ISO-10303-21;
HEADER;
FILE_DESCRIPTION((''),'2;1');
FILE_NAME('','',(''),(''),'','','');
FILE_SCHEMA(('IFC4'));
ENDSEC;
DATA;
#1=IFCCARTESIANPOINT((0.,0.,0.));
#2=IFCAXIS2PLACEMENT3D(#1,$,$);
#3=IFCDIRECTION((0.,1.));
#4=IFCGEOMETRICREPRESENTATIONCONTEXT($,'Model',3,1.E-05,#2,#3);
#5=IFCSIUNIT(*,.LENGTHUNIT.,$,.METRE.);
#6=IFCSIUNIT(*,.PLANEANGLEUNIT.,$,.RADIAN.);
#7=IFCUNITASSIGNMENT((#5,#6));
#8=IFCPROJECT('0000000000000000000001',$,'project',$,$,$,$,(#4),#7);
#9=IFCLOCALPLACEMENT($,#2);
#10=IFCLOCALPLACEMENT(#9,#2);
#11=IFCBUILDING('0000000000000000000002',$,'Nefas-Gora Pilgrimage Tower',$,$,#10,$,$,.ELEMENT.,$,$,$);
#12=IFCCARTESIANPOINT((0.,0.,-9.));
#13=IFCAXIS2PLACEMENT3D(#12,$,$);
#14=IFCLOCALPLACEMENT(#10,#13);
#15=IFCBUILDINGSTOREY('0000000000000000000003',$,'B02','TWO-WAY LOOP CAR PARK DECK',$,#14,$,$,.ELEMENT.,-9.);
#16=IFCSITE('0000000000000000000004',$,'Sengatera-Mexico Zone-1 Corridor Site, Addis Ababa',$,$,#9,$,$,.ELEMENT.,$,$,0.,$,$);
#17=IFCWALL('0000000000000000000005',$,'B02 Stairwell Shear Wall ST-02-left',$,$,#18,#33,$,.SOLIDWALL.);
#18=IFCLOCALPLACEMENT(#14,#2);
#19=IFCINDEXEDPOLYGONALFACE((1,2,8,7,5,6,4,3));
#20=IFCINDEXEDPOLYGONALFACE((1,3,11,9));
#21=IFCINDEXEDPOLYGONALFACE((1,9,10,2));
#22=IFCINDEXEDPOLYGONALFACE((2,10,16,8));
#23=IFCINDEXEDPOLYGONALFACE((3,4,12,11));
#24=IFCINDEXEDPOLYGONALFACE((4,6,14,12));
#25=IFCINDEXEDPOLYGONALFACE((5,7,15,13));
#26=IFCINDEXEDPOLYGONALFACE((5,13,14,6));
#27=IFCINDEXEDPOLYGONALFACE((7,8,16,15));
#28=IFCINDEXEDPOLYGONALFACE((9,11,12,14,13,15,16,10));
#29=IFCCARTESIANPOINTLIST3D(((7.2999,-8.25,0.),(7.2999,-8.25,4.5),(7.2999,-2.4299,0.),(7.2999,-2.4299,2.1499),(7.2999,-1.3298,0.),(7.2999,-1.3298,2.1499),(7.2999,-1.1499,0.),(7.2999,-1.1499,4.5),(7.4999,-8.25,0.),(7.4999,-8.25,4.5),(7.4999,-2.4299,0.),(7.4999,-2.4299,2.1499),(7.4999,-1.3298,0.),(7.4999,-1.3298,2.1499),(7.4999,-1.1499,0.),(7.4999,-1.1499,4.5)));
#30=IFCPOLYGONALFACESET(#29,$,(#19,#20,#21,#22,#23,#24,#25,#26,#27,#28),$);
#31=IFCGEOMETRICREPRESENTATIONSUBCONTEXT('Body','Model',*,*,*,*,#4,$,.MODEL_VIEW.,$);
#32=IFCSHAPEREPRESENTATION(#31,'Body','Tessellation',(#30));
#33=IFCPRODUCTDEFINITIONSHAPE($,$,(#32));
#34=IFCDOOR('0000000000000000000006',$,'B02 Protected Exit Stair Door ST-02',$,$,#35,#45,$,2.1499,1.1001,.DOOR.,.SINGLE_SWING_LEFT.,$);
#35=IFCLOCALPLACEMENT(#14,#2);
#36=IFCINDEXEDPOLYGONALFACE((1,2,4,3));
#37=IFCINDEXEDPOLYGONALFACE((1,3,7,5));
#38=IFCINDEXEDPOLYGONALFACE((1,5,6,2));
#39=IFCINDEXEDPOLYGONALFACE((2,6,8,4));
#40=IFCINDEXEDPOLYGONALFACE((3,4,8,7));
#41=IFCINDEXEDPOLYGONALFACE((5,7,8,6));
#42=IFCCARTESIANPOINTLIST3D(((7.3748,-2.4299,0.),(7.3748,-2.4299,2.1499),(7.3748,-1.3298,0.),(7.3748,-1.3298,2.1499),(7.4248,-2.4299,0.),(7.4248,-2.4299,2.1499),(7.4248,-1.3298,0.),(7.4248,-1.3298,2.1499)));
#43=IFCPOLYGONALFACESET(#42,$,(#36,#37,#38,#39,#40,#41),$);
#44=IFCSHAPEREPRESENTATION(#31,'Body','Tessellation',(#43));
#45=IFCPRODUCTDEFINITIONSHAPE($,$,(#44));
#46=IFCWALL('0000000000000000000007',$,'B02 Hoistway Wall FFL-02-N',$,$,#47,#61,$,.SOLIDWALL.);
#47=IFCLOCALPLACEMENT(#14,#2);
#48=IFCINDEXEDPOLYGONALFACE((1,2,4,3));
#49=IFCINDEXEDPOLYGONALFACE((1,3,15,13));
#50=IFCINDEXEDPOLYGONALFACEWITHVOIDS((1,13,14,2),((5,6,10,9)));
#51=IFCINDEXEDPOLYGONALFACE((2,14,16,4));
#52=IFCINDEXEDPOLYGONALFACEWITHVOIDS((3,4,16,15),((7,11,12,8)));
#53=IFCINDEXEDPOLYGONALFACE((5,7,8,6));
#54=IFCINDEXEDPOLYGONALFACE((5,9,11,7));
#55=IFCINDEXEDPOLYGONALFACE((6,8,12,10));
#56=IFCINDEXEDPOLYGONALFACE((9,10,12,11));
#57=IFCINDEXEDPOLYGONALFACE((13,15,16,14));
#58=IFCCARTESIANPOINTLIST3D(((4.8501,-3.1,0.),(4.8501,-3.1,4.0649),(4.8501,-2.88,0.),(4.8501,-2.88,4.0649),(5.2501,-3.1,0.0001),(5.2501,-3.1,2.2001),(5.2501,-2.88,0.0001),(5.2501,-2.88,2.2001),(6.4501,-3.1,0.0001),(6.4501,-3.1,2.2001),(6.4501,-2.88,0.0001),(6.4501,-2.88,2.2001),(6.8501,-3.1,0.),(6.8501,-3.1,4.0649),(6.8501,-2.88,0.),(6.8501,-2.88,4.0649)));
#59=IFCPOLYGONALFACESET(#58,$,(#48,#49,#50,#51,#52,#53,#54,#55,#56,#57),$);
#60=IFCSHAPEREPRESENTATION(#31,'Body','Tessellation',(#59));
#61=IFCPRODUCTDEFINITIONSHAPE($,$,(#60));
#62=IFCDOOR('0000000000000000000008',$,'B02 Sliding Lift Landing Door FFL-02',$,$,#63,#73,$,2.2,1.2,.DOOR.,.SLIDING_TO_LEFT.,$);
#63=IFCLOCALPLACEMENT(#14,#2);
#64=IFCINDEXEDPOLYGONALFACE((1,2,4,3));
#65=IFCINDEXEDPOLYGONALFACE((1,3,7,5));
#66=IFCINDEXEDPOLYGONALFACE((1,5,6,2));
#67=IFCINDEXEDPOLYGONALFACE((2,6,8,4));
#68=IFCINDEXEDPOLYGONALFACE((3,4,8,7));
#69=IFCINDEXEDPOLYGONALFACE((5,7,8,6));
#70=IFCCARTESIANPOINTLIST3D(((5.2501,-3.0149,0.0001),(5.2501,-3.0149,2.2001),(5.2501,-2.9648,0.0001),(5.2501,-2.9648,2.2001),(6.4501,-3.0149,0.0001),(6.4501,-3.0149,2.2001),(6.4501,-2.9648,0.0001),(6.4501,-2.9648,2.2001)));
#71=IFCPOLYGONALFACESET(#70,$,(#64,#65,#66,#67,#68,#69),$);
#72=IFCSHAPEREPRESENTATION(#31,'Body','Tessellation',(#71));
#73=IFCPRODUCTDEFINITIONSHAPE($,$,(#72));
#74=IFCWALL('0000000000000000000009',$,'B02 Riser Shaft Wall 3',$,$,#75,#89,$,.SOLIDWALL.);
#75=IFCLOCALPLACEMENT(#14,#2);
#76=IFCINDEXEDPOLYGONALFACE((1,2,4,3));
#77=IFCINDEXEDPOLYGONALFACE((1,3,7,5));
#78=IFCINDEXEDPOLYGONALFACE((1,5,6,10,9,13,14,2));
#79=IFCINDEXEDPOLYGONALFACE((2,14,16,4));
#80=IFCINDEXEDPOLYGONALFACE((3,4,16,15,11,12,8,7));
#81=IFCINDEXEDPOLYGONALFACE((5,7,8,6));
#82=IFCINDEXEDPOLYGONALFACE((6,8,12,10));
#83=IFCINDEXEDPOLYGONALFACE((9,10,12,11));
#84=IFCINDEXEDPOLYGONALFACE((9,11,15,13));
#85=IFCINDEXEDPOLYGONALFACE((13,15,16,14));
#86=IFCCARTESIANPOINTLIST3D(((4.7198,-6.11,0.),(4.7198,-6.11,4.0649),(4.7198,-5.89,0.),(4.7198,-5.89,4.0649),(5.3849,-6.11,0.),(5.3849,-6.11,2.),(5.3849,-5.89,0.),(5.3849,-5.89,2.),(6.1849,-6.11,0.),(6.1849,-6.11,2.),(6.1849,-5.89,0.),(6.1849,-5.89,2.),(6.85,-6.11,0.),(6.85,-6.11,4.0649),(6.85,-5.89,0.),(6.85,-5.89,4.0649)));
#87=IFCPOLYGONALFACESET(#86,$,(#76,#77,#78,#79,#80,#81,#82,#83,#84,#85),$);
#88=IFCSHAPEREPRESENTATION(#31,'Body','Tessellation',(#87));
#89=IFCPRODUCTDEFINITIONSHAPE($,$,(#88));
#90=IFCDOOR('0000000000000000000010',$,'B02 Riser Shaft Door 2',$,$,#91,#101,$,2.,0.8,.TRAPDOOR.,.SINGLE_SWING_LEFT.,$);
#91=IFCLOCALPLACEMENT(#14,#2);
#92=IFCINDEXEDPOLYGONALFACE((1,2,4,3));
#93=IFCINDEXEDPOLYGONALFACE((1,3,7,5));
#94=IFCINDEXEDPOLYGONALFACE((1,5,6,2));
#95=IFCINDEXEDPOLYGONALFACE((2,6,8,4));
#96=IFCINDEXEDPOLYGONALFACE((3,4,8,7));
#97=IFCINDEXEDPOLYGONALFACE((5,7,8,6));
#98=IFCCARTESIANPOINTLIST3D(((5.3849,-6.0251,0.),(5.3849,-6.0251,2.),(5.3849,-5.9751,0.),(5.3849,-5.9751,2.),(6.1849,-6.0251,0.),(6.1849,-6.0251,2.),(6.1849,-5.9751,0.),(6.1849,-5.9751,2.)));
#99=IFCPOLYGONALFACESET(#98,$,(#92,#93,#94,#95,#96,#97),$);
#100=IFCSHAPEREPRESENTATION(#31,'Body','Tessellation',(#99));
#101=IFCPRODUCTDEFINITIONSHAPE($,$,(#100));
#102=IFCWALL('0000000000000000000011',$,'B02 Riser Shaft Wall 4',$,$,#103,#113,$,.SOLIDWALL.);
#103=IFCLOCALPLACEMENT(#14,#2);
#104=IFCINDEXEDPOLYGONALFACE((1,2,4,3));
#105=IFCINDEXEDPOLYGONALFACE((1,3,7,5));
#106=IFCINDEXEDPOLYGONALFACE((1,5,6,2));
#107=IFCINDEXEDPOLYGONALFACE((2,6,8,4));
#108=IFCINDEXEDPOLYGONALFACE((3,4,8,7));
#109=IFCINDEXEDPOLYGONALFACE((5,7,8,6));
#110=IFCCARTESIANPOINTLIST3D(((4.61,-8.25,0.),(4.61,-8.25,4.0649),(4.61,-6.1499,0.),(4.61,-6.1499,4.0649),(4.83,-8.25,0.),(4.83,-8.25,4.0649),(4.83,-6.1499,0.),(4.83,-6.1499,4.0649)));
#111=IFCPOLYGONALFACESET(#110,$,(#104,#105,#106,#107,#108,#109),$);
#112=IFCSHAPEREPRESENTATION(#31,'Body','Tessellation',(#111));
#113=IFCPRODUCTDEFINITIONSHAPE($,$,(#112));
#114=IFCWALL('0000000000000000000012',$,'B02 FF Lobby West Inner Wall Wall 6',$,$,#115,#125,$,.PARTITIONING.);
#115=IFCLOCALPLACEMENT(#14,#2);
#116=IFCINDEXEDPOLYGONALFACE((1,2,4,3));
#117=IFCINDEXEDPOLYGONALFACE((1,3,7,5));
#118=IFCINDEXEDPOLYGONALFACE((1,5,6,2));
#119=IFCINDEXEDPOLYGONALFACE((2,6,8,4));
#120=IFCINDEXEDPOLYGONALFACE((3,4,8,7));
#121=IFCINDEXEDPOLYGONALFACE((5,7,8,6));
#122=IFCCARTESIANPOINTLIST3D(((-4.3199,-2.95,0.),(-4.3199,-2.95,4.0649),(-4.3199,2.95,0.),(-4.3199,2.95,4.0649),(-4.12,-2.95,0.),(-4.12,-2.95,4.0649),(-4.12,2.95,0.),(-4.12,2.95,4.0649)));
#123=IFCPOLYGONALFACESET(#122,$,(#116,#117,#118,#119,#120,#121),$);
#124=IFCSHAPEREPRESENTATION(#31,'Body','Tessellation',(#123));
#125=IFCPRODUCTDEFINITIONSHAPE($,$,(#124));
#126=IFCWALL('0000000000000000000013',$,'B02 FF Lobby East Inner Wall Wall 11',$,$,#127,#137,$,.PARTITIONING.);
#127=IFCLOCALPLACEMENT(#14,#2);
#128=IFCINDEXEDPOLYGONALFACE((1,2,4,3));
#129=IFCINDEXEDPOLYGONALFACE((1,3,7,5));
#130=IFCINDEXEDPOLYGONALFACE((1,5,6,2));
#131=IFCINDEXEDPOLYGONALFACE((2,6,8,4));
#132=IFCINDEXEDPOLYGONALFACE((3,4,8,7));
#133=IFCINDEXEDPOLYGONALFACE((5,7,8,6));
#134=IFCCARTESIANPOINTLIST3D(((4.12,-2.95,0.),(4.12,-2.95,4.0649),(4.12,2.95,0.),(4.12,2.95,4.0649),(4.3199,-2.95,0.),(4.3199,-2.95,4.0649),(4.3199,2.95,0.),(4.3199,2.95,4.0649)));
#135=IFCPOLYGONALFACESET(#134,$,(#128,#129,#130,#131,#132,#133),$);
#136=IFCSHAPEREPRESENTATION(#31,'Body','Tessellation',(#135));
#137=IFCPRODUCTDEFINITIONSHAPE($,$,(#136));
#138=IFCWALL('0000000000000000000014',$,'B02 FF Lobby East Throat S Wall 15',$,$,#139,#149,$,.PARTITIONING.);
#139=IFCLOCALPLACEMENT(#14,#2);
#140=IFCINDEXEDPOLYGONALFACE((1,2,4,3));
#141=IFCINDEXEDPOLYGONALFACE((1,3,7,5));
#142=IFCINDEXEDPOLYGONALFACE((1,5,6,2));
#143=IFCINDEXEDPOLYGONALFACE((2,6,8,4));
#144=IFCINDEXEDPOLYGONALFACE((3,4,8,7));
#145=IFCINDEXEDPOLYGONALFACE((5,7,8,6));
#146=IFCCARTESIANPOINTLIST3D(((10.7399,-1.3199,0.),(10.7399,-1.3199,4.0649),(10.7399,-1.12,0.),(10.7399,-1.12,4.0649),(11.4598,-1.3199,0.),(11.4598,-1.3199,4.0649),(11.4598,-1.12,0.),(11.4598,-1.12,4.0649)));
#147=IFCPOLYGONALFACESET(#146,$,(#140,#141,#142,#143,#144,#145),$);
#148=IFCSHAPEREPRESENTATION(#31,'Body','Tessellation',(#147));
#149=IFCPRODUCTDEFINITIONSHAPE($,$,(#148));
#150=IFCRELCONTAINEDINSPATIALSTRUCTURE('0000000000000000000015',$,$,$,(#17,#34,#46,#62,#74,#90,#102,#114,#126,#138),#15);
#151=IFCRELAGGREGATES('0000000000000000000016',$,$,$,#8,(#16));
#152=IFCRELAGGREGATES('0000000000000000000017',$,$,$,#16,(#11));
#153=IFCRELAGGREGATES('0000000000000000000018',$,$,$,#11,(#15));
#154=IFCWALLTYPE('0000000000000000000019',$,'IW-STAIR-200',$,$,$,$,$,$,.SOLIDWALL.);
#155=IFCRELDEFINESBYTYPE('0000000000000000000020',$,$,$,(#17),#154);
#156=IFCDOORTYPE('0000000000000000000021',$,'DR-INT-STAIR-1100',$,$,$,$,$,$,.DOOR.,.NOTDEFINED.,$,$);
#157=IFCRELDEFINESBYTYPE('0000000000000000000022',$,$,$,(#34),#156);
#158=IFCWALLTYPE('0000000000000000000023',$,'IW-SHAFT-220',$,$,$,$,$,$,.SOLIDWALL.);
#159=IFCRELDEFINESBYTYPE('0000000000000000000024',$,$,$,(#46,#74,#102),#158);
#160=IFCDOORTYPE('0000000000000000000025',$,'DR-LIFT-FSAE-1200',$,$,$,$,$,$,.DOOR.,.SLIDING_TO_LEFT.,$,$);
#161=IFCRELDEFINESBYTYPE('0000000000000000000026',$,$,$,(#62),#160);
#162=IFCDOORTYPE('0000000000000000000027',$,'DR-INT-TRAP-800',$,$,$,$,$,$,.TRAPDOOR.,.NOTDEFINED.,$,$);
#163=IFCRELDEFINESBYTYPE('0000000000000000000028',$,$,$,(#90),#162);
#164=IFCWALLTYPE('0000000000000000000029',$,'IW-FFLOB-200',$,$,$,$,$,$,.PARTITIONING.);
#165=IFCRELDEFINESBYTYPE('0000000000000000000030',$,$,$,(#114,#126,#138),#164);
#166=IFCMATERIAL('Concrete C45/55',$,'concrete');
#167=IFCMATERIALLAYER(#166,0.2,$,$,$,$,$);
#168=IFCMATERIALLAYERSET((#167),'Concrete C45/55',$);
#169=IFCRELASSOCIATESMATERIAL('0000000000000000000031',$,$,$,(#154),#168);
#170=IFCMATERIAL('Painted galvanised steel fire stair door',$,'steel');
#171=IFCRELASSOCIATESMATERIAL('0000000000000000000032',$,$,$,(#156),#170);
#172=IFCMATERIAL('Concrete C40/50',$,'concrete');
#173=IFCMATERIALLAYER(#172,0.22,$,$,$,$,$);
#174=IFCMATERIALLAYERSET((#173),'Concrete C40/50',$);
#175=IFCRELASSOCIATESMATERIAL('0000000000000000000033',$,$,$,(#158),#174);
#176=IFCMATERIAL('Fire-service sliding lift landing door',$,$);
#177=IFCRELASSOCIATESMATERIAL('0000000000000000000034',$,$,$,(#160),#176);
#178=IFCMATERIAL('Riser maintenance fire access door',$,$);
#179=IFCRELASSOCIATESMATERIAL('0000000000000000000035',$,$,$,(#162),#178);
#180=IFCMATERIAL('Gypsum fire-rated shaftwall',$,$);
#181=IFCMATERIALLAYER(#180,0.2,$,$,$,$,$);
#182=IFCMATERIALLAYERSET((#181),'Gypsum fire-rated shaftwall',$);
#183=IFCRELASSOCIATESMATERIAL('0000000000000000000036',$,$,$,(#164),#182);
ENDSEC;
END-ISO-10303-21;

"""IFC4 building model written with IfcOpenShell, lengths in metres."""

from ifc_helpers import new_model, si_unit, direction, frame, frame_2d, origin, place, context, subcontext, project, spatial, rectangle, extrude, source, transform, mapped, material, layer, layer_set, type_object, element, fill, save


model = new_model("IFC4")

# Units and contexts
model_context = context("Model", 3, precision=1e-05, world=origin(), true_north=direction((0.0, 1.0)))
body_context = subcontext(model_context, "Body", "Model", "MODEL_VIEW")
ifc_project = project(units=[si_unit("LENGTHUNIT", "METRE"), si_unit("PLANEANGLEUNIT", "RADIAN")], contexts=[model_context])

# Site, building, storey
site_placement = place(None, origin())
site = spatial("IfcSite", under=ifc_project, at=site_placement, Name="Sengatera-Mexico Zone-1 Corridor Site, Addis Ababa", CompositionType="ELEMENT", RefElevation=0.0)
building_placement = place(site_placement, origin())
building = spatial("IfcBuilding", under=site, at=building_placement, Name="Nefas-Gora Pilgrimage Tower", CompositionType="ELEMENT")
storey_placement = place(building_placement, frame((0.0, 0.0, -9.0)))
storey = spatial("IfcBuildingStorey", under=building, at=storey_placement, Name="B02", Description="TWO-WAY LOOP CAR PARK DECK", CompositionType="ELEMENT", Elevation=-9.0)

# Shared definitions
ifc_material_1 = material(Name="Concrete C45/55", Category="concrete")

# Shared definitions
ifc_layer_1 = layer(ifc_material_1, 0.2)
ifc_layer_set_1 = layer_set([ifc_layer_1], Name="Concrete C45/55")
wall_type_1 = type_object("IfcWallType", Name="IW-STAIR-200", PredefinedType="SOLIDWALL", material=ifc_layer_set_1)

# Walls, openings, doors
shared_shape_1 = source(origin(), body_context, "Body", "SweptSolid", [
    extrude(rectangle(XDim=7.1001, YDim=0.2, at=frame_2d((3.55, 0.0))), origin(), (0.0, 0.0, 1.0), 4.5),
])
wall_1_placement = place(storey_placement, frame((7.3999, -1.1499, 0.0), z_axis=(0.0, 0.0, 1.0), x_axis=(0.0, -1.0, 0.0)))
wall_1 = element("IfcWall", 1, at=wall_1_placement, inside=storey, type_object=wall_type_1, Name="B02 Stairwell Shear Wall ST-02-left", PredefinedType="SOLIDWALL", context=body_context, shape_type="MappedRepresentation", body=[
    mapped(shared_shape_1, transform((0.0, 0.0, 0.0), x_axis=(1.0, 0.0, 0.0), y_axis=(0.0, 1.0, 0.0), z_axis=(0.0, 0.0, 1.0), scale=1.0)),
])
opening_1_placement = place(wall_1_placement, frame((0.1799, 0.0, 0.0)))
opening_1 = element("IfcOpeningElement", 2, at=opening_1_placement, cuts=wall_1, PredefinedType="OPENING", context=body_context, shape_type="SweptSolid", body=[
    extrude(rectangle(XDim=1.1001, YDim=2.1499, at=frame_2d((0.55, 1.075))), frame((0.0, 0.1099, 0.0), z_axis=(0.0, -1.0, 0.0), x_axis=(1.0, 0.0, 0.0)), (0.0, 0.0, 1.0), 0.22),
])
ifc_material_2 = material(Name="Painted galvanised steel fire stair door", Category="steel")
door_type_1 = type_object("IfcDoorType", Name="DR-INT-STAIR-1100", OperationType="NOTDEFINED", PredefinedType="DOOR", material=ifc_material_2)
shared_shape_2 = source(origin(), body_context, "Body", "SweptSolid", [
    extrude(rectangle(XDim=1.1001, YDim=2.1499, at=frame_2d((0.55, 1.075))), frame((0.0, 0.0249, 0.0), z_axis=(0.0, -1.0, 0.0), x_axis=(1.0, 0.0, 0.0)), (0.0, 0.0, 1.0), 0.05),
])
door_1_placement = place(opening_1_placement, origin())
door_1 = element("IfcDoor", 3, at=door_1_placement, inside=storey, type_object=door_type_1, Name="B02 Protected Exit Stair Door ST-02", OperationType="SINGLE_SWING_LEFT", OverallHeight=2.1499, OverallWidth=1.1001, PredefinedType="DOOR", context=body_context, shape_type="MappedRepresentation", body=[
    mapped(shared_shape_2, transform((0.0, 0.0, 0.0), x_axis=(1.0, 0.0, 0.0), y_axis=(0.0, 1.0, 0.0), z_axis=(0.0, 0.0, 1.0), scale=1.0)),
])
fill(opening_1, door_1)
ifc_material_3 = material(Name="Concrete C40/50", Category="concrete")
ifc_layer_2 = layer(ifc_material_3, 0.22)
ifc_layer_set_2 = layer_set([ifc_layer_2], Name="Concrete C40/50")
wall_type_2 = type_object("IfcWallType", Name="IW-SHAFT-220", PredefinedType="SOLIDWALL", material=ifc_layer_set_2)
shared_shape_3 = source(origin(), body_context, "Body", "SweptSolid", [
    extrude(rectangle(XDim=2.0, YDim=0.22, at=frame_2d((1.0, 0.0))), origin(), (0.0, 0.0, 1.0), 4.0649),
])
wall_2_placement = place(storey_placement, frame((6.8501, -2.99, 0.0), z_axis=(0.0, 0.0, 1.0), x_axis=(-1.0, 0.0, 0.0)))
wall_2 = element("IfcWall", 4, at=wall_2_placement, inside=storey, type_object=wall_type_2, Name="B02 Hoistway Wall FFL-02-N", PredefinedType="SOLIDWALL", context=body_context, shape_type="MappedRepresentation", body=[
    mapped(shared_shape_3, transform((0.0, 0.0, 0.0), x_axis=(1.0, 0.0, 0.0), y_axis=(0.0, 1.0, 0.0), z_axis=(0.0, 0.0, 1.0), scale=1.0)),
])
opening_2_placement = place(wall_2_placement, frame((0.3999, 0.0, 0.0)))
opening_2 = element("IfcOpeningElement", 5, at=opening_2_placement, cuts=wall_2, PredefinedType="OPENING", context=body_context, shape_type="SweptSolid", body=[
    extrude(rectangle(XDim=1.2, YDim=2.2, at=frame_2d((0.6001, 1.1001))), frame((0.0, 0.1199, 0.0), z_axis=(0.0, -1.0, 0.0), x_axis=(1.0, 0.0, 0.0)), (0.0, 0.0, 1.0), 0.24),
])
ifc_material_4 = material(Name="Fire-service sliding lift landing door")
door_type_2 = type_object("IfcDoorType", Name="DR-LIFT-FSAE-1200", OperationType="SLIDING_TO_LEFT", PredefinedType="DOOR", material=ifc_material_4)
shared_shape_4 = source(origin(), body_context, "Body", "SweptSolid", [
    extrude(rectangle(XDim=1.2, YDim=2.2, at=frame_2d((0.6001, 1.1001))), frame((0.0, 0.0249, 0.0), z_axis=(0.0, -1.0, 0.0), x_axis=(1.0, 0.0, 0.0)), (0.0, 0.0, 1.0), 0.05),
])
door_2_placement = place(opening_2_placement, origin())
door_2 = element("IfcDoor", 6, at=door_2_placement, inside=storey, type_object=door_type_2, Name="B02 Sliding Lift Landing Door FFL-02", OperationType="SLIDING_TO_LEFT", OverallHeight=2.2, OverallWidth=1.2, PredefinedType="DOOR", context=body_context, shape_type="MappedRepresentation", body=[
    mapped(shared_shape_4, transform((0.0, 0.0, 0.0), x_axis=(1.0, 0.0, 0.0), y_axis=(0.0, 1.0, 0.0), z_axis=(0.0, 0.0, 1.0), scale=1.0)),
])
fill(opening_2, door_2)
shared_shape_5 = source(origin(), body_context, "Body", "SweptSolid", [
    extrude(rectangle(XDim=2.1301, YDim=0.22, at=frame_2d((1.0649, 0.0))), origin(), (0.0, 0.0, 1.0), 4.0649),
])
wall_3_placement = place(storey_placement, frame((4.72, -6.0, 0.0), z_axis=(0.0, 0.0, 1.0), x_axis=(1.0, 0.0, 0.0)))
wall_3 = element("IfcWall", 7, at=wall_3_placement, inside=storey, type_object=wall_type_2, Name="B02 Riser Shaft Wall 3", PredefinedType="SOLIDWALL", context=body_context, shape_type="MappedRepresentation", body=[
    mapped(shared_shape_5, transform((0.0, 0.0, 0.0), x_axis=(1.0, 0.0, 0.0), y_axis=(0.0, 1.0, 0.0), z_axis=(0.0, 0.0, 1.0), scale=1.0)),
])
opening_3_placement = place(wall_3_placement, frame((0.665, 0.0, 0.0)))
opening_3 = element("IfcOpeningElement", 8, at=opening_3_placement, cuts=wall_3, PredefinedType="OPENING", context=body_context, shape_type="SweptSolid", body=[
    extrude(rectangle(XDim=0.8, YDim=2.0, at=frame_2d((0.3999, 1.0))), frame((0.0, 0.1199, 0.0), z_axis=(0.0, -1.0, 0.0), x_axis=(1.0, 0.0, 0.0)), (0.0, 0.0, 1.0), 0.24),
])
ifc_material_5 = material(Name="Riser maintenance fire access door")
door_type_3 = type_object("IfcDoorType", Name="DR-INT-TRAP-800", OperationType="NOTDEFINED", PredefinedType="TRAPDOOR", material=ifc_material_5)
shared_shape_6 = source(origin(), body_context, "Body", "SweptSolid", [
    extrude(rectangle(XDim=0.8, YDim=2.0, at=frame_2d((0.3999, 1.0))), frame((0.0, 0.0249, 0.0), z_axis=(0.0, -1.0, 0.0), x_axis=(1.0, 0.0, 0.0)), (0.0, 0.0, 1.0), 0.05),
])
door_3_placement = place(opening_3_placement, origin())
door_3 = element("IfcDoor", 9, at=door_3_placement, inside=storey, type_object=door_type_3, Name="B02 Riser Shaft Door 2", OperationType="SINGLE_SWING_LEFT", OverallHeight=2.0, OverallWidth=0.8, PredefinedType="TRAPDOOR", context=body_context, shape_type="MappedRepresentation", body=[
    mapped(shared_shape_6, transform((0.0, 0.0, 0.0), x_axis=(1.0, 0.0, 0.0), y_axis=(0.0, 1.0, 0.0), z_axis=(0.0, 0.0, 1.0), scale=1.0)),
])
fill(opening_3, door_3)

# Wall
shared_shape_7 = source(origin(), body_context, "Body", "SweptSolid", [
    extrude(rectangle(XDim=2.1001, YDim=0.22, at=frame_2d((1.05, 0.0))), origin(), (0.0, 0.0, 1.0), 4.0649),
])
wall_4_placement = place(storey_placement, frame((4.72, -8.25, 0.0), z_axis=(0.0, 0.0, 1.0), x_axis=(0.0, 1.0, 0.0)))
element("IfcWall", 10, at=wall_4_placement, inside=storey, type_object=wall_type_2, Name="B02 Riser Shaft Wall 4", PredefinedType="SOLIDWALL", context=body_context, shape_type="MappedRepresentation", body=[
    mapped(shared_shape_7, transform((0.0, 0.0, 0.0), x_axis=(1.0, 0.0, 0.0), y_axis=(0.0, 1.0, 0.0), z_axis=(0.0, 0.0, 1.0), scale=1.0)),
])

# Shared definitions
ifc_material_6 = material(Name="Gypsum fire-rated shaftwall")
ifc_layer_3 = layer(ifc_material_6, 0.2)
ifc_layer_set_3 = layer_set([ifc_layer_3], Name="Gypsum fire-rated shaftwall")
wall_type_3 = type_object("IfcWallType", Name="IW-FFLOB-200", PredefinedType="PARTITIONING", material=ifc_layer_set_3)

# Walls
shared_shape_8 = source(origin(), body_context, "Body", "SweptSolid", [
    extrude(rectangle(XDim=5.8999, YDim=0.2, at=frame_2d((2.95, 0.0))), origin(), (0.0, 0.0, 1.0), 4.0649),
])
for number, where, z_axis, x_axis, name in (
    (11, (-4.22, -2.95, 0.0), (0.0, 0.0, 1.0), (0.0, 1.0, 0.0), "B02 FF Lobby West Inner Wall Wall 6"),
    (12, (4.22, -2.95, 0.0), (0.0, 0.0, 1.0), (0.0, 1.0, 0.0), "B02 FF Lobby East Inner Wall Wall 11"),
):
    element("IfcWall", number, at=place(storey_placement, frame(where, z_axis=z_axis, x_axis=x_axis)), inside=storey, type_object=wall_type_3, Name=name, PredefinedType="PARTITIONING", context=body_context, shape_type="MappedRepresentation", body=[
        mapped(shared_shape_8, transform((0.0, 0.0, 0.0), x_axis=(1.0, 0.0, 0.0), y_axis=(0.0, 1.0, 0.0), z_axis=(0.0, 0.0, 1.0), scale=1.0)),
    ])
shared_shape_9 = source(origin(), body_context, "Body", "SweptSolid", [
    extrude(rectangle(XDim=0.72, YDim=0.2, at=frame_2d((0.3599, 0.0))), origin(), (0.0, 0.0, 1.0), 4.0649),
])
wall_5_placement = place(storey_placement, frame((10.74, -1.22, 0.0), z_axis=(0.0, 0.0, 1.0), x_axis=(1.0, 0.0, 0.0)))
element("IfcWall", 13, at=wall_5_placement, inside=storey, type_object=wall_type_3, Name="B02 FF Lobby East Throat S Wall 15", PredefinedType="PARTITIONING", context=body_context, shape_type="MappedRepresentation", body=[
    mapped(shared_shape_9, transform((0.0, 0.0, 0.0), x_axis=(1.0, 0.0, 0.0), y_axis=(0.0, 1.0, 0.0), z_axis=(0.0, 0.0, 1.0), scale=1.0)),
])

save(model, "model.ifc")
